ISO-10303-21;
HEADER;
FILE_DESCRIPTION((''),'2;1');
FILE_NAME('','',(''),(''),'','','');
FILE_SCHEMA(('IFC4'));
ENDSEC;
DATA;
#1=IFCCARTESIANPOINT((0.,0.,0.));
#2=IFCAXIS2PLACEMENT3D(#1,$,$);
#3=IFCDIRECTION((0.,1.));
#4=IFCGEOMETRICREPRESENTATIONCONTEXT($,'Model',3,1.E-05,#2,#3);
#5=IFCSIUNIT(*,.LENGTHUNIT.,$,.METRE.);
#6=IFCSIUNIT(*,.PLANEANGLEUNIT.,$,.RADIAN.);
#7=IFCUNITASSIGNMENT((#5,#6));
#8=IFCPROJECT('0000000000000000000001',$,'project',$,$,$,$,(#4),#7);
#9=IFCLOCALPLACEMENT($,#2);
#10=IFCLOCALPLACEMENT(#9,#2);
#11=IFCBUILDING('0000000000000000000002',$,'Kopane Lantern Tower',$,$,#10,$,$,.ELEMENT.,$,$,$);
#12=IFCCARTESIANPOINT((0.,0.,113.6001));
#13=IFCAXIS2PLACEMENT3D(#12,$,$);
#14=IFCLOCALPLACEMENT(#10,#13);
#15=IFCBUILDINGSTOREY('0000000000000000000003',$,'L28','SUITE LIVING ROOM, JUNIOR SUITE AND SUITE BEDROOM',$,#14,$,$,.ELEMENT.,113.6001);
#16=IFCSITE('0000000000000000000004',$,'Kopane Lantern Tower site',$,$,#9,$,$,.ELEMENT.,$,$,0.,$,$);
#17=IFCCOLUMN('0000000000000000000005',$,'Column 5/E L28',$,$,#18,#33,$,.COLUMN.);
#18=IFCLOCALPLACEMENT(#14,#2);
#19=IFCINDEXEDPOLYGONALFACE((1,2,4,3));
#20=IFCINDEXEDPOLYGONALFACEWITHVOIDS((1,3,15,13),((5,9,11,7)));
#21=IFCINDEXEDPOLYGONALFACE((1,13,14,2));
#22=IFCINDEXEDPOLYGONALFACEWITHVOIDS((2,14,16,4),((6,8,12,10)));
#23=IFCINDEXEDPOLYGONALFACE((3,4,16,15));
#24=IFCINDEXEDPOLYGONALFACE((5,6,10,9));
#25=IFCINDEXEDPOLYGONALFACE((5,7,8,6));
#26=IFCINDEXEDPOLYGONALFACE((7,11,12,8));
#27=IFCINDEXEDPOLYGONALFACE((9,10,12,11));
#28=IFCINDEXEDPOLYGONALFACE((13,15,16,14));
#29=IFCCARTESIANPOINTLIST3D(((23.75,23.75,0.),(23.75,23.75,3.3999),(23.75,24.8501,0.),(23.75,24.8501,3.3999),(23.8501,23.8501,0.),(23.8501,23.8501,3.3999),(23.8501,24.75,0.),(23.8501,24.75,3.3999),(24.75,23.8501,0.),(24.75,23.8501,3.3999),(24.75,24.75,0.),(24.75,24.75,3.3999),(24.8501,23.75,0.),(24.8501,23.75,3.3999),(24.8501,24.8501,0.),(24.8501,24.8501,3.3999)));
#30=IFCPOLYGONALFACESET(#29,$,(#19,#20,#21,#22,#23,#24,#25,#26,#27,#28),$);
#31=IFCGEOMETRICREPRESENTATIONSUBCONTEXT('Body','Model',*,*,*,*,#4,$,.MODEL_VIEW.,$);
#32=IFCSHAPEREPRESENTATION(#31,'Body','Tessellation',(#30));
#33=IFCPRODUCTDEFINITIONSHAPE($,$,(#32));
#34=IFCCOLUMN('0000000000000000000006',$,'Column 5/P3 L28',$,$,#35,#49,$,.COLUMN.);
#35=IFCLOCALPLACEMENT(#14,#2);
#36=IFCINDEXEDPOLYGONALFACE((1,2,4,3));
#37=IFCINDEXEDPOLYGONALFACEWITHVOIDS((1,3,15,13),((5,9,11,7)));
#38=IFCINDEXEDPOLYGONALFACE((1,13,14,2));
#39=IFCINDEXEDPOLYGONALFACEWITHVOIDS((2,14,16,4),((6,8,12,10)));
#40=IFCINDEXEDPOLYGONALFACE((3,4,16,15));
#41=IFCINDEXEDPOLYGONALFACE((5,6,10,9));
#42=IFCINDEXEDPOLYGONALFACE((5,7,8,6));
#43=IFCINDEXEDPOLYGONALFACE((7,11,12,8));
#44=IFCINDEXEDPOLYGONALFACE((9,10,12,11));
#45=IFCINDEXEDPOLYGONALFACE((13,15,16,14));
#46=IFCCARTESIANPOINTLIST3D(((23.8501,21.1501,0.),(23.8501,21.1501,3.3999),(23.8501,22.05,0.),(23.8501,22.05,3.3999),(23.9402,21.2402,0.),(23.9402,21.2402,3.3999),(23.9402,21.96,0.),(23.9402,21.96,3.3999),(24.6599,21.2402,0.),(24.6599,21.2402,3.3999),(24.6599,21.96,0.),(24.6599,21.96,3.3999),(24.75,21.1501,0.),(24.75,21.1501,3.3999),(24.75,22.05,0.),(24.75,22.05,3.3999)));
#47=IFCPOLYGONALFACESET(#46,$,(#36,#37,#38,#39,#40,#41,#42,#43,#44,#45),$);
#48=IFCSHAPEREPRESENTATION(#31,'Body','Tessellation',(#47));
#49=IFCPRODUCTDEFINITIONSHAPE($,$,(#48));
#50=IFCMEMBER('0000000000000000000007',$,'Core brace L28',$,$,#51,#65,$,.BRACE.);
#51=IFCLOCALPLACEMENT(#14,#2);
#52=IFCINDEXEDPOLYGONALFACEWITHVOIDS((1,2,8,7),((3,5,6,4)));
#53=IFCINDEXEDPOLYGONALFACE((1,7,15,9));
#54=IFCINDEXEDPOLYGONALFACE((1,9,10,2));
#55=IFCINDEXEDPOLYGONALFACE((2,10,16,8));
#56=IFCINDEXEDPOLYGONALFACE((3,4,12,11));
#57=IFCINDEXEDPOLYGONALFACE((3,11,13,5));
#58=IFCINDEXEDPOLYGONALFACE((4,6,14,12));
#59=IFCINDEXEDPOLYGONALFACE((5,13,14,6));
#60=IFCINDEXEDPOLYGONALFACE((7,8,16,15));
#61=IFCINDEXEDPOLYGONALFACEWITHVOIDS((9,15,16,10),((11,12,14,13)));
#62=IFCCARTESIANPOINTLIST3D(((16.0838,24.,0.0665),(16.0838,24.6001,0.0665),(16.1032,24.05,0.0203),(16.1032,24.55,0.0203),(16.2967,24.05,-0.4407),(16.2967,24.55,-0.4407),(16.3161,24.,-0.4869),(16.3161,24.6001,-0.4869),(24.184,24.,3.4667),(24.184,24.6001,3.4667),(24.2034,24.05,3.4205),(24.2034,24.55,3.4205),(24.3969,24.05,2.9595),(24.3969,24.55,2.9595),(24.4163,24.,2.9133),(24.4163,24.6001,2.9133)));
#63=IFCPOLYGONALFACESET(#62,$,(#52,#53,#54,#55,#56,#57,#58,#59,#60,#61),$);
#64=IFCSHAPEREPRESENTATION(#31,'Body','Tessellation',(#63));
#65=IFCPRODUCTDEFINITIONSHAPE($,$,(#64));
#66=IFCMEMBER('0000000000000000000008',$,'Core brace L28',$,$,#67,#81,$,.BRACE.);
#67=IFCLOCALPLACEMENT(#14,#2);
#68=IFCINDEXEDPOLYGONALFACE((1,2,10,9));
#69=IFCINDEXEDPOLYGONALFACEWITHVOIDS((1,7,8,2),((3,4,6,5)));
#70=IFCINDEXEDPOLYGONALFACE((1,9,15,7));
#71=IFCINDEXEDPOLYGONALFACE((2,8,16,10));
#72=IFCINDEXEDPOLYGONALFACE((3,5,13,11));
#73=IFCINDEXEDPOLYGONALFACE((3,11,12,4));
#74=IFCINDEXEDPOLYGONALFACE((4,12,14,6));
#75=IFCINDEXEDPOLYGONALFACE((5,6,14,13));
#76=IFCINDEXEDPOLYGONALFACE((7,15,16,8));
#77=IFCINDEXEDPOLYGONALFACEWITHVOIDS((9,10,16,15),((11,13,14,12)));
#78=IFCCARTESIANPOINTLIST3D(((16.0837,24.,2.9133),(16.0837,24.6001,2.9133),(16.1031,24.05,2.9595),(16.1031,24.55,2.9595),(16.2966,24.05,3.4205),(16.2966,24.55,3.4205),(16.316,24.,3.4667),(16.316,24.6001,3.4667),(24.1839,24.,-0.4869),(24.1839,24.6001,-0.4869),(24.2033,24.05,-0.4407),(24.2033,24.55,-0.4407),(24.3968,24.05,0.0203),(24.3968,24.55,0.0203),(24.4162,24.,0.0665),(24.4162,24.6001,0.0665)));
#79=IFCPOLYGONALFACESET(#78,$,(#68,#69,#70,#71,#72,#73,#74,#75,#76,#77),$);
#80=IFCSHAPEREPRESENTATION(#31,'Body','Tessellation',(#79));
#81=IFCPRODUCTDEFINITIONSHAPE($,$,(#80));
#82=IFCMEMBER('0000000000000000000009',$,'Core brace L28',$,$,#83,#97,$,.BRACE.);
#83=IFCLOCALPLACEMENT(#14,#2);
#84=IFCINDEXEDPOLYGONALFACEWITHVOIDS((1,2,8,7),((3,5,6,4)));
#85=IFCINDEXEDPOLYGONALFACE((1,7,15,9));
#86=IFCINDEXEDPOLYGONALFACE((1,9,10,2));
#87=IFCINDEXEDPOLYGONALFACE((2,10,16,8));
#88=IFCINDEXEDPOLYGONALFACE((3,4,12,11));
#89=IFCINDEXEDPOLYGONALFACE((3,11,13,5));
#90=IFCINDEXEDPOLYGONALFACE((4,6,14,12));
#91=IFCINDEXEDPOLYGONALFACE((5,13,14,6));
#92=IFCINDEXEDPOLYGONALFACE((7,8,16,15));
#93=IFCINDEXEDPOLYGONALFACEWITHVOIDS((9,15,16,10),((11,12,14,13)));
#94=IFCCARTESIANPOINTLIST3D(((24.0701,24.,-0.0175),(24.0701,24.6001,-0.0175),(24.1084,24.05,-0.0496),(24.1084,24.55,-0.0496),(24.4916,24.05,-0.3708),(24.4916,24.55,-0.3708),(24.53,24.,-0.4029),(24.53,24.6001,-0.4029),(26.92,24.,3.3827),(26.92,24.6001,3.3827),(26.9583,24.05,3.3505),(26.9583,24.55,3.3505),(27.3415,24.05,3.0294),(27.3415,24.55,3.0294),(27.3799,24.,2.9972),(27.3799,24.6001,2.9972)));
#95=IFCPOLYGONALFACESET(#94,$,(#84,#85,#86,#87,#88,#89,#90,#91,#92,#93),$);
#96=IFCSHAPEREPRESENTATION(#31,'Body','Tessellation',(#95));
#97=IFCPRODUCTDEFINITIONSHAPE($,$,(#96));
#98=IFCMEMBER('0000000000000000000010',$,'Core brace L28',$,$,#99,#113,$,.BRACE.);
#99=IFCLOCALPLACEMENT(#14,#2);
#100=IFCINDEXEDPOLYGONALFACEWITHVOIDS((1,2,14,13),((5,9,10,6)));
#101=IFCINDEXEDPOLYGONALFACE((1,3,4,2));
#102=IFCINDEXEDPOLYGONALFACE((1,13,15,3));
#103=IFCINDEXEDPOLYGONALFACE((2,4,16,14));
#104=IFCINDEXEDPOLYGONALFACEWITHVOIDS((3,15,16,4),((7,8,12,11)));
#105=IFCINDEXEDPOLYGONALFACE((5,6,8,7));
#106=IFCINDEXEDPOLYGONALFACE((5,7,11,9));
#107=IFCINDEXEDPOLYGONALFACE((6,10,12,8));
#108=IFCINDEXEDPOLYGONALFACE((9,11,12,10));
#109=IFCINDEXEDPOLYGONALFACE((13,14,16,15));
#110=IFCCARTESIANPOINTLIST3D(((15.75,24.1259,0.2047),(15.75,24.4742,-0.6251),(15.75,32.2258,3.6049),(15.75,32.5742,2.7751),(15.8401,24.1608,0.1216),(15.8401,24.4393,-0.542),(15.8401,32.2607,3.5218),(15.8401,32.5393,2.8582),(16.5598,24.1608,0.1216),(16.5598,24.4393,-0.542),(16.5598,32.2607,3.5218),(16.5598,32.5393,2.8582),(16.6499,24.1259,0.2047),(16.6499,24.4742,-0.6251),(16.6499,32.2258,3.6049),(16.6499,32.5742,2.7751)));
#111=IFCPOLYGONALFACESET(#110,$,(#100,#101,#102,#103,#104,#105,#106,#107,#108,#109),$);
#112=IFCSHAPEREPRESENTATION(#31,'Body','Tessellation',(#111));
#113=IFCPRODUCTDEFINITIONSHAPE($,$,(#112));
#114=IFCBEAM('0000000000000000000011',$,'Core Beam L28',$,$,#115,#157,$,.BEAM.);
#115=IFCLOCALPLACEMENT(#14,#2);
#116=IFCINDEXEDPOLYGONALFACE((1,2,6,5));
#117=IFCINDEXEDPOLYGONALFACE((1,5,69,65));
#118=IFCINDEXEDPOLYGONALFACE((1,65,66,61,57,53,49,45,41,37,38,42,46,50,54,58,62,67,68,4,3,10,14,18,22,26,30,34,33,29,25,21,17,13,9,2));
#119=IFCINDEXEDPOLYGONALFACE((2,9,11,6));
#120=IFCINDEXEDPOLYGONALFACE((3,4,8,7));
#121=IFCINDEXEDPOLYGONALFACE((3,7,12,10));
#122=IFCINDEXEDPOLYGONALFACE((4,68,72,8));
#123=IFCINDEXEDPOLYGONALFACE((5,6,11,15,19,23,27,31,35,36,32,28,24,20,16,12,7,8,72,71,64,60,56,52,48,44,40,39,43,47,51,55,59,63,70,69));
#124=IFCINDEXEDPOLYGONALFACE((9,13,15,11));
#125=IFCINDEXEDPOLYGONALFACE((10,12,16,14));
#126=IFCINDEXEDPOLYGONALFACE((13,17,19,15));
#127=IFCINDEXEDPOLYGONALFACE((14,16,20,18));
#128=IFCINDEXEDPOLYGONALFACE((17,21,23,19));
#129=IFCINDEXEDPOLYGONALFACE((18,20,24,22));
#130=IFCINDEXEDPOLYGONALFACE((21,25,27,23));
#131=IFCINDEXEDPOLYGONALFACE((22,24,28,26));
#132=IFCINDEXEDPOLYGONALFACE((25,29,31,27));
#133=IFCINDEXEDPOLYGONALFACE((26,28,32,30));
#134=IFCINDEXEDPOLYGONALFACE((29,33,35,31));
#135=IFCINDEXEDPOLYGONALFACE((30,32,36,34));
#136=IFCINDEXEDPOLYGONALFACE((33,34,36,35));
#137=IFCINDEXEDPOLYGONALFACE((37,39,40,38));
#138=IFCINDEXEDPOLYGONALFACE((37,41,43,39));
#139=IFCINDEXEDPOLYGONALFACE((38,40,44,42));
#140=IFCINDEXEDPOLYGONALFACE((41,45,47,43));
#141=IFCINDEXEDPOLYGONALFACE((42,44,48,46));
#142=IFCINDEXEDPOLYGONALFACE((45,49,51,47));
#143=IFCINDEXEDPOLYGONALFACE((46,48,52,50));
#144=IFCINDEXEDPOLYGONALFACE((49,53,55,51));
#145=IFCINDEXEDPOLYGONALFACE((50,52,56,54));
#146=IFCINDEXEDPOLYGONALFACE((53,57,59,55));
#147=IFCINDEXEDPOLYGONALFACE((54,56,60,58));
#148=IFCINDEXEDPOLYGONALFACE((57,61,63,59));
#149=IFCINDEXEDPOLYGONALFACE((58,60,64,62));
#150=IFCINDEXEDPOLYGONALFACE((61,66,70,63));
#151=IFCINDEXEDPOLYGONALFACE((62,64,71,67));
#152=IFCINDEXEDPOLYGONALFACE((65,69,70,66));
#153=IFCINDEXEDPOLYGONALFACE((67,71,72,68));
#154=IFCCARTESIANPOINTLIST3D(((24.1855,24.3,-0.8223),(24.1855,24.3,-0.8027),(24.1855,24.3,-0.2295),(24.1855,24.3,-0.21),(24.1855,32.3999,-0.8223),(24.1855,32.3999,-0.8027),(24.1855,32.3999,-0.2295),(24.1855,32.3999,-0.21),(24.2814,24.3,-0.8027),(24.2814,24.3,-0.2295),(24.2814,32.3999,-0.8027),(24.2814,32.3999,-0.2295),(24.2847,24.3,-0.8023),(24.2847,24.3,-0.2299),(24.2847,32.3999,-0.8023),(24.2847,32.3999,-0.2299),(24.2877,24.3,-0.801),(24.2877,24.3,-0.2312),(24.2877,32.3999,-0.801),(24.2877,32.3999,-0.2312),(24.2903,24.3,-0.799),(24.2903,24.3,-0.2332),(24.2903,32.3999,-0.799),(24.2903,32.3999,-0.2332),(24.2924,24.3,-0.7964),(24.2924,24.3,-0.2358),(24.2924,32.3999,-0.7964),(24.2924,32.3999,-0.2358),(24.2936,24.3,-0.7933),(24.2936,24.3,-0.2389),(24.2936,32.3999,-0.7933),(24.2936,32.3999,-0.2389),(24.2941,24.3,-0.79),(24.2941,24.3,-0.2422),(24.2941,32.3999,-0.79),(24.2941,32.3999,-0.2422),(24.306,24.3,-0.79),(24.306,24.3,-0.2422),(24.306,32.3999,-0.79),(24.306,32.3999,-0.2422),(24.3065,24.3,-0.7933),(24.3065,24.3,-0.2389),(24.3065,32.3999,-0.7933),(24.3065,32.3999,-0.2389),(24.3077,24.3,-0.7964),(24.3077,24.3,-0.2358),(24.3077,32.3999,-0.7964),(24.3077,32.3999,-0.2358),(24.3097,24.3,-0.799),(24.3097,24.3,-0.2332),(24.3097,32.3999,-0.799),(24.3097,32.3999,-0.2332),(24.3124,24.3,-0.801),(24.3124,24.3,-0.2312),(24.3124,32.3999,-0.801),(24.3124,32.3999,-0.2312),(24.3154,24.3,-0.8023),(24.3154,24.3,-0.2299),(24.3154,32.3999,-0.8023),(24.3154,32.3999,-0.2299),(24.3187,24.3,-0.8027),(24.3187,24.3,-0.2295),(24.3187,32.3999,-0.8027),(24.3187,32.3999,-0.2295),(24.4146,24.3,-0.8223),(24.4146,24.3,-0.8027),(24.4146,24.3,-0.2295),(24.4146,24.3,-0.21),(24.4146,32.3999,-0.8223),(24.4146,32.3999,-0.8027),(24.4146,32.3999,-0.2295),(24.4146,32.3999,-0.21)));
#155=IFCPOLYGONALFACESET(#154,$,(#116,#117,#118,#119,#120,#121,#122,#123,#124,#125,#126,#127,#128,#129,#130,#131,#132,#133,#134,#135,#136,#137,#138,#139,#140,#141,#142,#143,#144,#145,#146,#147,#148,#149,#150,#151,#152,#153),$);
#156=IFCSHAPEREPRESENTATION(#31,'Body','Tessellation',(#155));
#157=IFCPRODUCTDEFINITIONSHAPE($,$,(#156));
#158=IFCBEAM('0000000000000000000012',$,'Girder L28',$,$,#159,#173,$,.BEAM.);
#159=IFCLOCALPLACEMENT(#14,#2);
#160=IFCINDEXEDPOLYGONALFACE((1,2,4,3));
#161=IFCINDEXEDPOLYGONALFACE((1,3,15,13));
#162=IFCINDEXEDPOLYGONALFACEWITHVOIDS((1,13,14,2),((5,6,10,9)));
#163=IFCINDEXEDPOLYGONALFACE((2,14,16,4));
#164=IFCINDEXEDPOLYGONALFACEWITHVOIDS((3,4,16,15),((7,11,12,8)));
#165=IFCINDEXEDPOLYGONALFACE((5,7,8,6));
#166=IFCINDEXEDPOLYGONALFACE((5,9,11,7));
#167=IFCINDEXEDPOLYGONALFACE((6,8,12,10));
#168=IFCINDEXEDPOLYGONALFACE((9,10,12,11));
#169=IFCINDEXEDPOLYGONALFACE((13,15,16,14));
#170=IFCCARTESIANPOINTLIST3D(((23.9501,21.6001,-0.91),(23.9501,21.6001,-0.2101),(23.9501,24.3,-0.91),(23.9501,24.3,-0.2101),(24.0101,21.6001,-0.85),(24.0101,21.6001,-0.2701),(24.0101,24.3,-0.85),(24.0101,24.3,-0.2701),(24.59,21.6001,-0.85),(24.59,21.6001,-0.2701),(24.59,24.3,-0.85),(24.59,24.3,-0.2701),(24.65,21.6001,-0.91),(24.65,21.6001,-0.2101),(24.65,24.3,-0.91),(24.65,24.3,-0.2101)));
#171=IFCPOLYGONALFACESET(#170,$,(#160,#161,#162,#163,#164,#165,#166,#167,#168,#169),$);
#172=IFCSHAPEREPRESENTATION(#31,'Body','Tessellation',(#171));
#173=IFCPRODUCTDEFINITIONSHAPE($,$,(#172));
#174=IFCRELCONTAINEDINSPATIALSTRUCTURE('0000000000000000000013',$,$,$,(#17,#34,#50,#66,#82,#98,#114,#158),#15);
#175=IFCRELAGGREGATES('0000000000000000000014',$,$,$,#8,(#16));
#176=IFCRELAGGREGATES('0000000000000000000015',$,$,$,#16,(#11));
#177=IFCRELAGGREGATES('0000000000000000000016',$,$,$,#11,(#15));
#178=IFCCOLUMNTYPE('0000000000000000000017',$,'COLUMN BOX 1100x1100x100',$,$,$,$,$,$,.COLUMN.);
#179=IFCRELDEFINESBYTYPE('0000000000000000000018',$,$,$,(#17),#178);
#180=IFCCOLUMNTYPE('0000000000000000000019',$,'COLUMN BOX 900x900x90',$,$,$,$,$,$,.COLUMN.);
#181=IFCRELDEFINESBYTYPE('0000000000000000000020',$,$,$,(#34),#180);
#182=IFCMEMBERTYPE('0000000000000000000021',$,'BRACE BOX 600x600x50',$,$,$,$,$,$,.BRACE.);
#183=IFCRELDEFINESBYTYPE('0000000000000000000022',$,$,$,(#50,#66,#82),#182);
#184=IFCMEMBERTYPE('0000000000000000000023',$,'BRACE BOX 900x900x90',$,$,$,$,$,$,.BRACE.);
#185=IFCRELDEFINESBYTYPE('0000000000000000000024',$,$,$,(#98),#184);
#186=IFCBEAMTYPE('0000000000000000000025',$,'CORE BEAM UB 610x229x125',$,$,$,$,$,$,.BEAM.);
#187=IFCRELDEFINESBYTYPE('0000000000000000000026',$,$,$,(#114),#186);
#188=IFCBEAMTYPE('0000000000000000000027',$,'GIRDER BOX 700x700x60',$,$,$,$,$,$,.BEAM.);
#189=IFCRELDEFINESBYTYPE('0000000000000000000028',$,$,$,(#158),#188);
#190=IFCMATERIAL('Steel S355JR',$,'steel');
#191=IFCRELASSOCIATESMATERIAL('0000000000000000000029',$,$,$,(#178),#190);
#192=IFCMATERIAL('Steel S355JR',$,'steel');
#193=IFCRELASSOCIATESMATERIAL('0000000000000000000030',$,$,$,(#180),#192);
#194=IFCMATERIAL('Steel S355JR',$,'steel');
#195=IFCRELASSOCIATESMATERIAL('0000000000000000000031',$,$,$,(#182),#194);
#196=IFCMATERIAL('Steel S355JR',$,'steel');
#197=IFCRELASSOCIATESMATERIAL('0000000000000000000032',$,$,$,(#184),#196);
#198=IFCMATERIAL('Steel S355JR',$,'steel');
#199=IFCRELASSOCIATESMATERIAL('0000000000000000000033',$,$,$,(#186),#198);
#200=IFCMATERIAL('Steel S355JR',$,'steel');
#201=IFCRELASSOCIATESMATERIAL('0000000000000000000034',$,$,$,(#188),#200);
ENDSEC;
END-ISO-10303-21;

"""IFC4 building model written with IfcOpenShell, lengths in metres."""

from ifc_helpers import new_model, si_unit, direction, frame, origin, origin_2d, place, context, subcontext, project, spatial, hollow_rectangle, i_section, extrude, material, material_profile, profile_set, type_object, element, save


model = new_model("IFC4")

# Units and contexts
model_context = context("Model", 3, precision=1e-05, world=origin(), true_north=direction((0.0, 1.0)))
body_context = subcontext(model_context, "Body", "Model", "MODEL_VIEW")
ifc_project = project(units=[si_unit("LENGTHUNIT", "METRE"), si_unit("PLANEANGLEUNIT", "RADIAN")], contexts=[model_context])

# Site, building, storey
site_placement = place(None, origin())
site = spatial("IfcSite", under=ifc_project, at=site_placement, Name="Kopane Lantern Tower site", CompositionType="ELEMENT", RefElevation=0.0)
building_placement = place(site_placement, origin())
building = spatial("IfcBuilding", under=site, at=building_placement, Name="Kopane Lantern Tower", CompositionType="ELEMENT")
storey_placement = place(building_placement, frame((0.0, 0.0, 113.6001)))
storey = spatial("IfcBuildingStorey", under=building, at=storey_placement, Name="L28", Description="SUITE LIVING ROOM, JUNIOR SUITE AND SUITE BEDROOM", CompositionType="ELEMENT", Elevation=113.6001)

# Columns
ifc_material_1 = material(Name="Steel S355JR", Category="steel")
ifc_material_profile_1 = material_profile(ifc_material_1, hollow_rectangle(XDim=1.1001, YDim=1.1001, WallThickness=0.1001, at=origin_2d()), Name="BOX 1100x1100x100")
ifc_profile_set_1 = profile_set([ifc_material_profile_1], Name="Steel S355JR")
column_type_1 = type_object("IfcColumnType", Name="COLUMN BOX 1100x1100x100", PredefinedType="COLUMN", material=ifc_profile_set_1)
column_1_placement = place(storey_placement, frame((24.3, 24.3, 0.0), z_axis=(0.0, 0.0, 1.0), x_axis=(1.0, 0.0, 0.0)))
element("IfcColumn", 1, at=column_1_placement, inside=storey, type_object=column_type_1, Name="Column 5/E L28", PredefinedType="COLUMN", context=body_context, shape_type="SweptSolid", body=[
    extrude(hollow_rectangle(XDim=1.1001, YDim=1.1001, WallThickness=0.1001, at=origin_2d()), origin(), (0.0, 0.0, 1.0), 3.3999),
])
ifc_material_2 = material(Name="Steel S355JR", Category="steel")
ifc_material_profile_2 = material_profile(ifc_material_2, hollow_rectangle(XDim=0.8999, YDim=0.8999, WallThickness=0.0901, at=origin_2d()), Name="BOX 900x900x90")
ifc_profile_set_2 = profile_set([ifc_material_profile_2], Name="Steel S355JR")
column_type_2 = type_object("IfcColumnType", Name="COLUMN BOX 900x900x90", PredefinedType="COLUMN", material=ifc_profile_set_2)
column_2_placement = place(storey_placement, frame((24.3, 21.6001, 0.0), z_axis=(0.0, 0.0, 1.0), x_axis=(1.0, 0.0, 0.0)))
element("IfcColumn", 2, at=column_2_placement, inside=storey, type_object=column_type_2, Name="Column 5/P3 L28", PredefinedType="COLUMN", context=body_context, shape_type="SweptSolid", body=[
    extrude(hollow_rectangle(XDim=0.8999, YDim=0.8999, WallThickness=0.0901, at=origin_2d()), origin(), (0.0, 0.0, 1.0), 3.3999),
])

# Members
ifc_material_3 = material(Name="Steel S355JR", Category="steel")
ifc_material_profile_3 = material_profile(ifc_material_3, hollow_rectangle(XDim=0.6001, YDim=0.6001, WallThickness=0.05, at=origin_2d()), Name="BOX 600x600x50")
ifc_profile_set_3 = profile_set([ifc_material_profile_3], Name="Steel S355JR")
member_type_1 = type_object("IfcMemberType", Name="BRACE BOX 600x600x50", PredefinedType="BRACE", material=ifc_profile_set_3)
for number, where, z_axis, x_axis, name in (
    (3, (16.2, 24.3, -0.2102), (0.922059, 0.0, 0.387049), (0.0, 1.0, 0.0), "Core brace L28"),
    (4, (24.3, 24.3, -0.2102), (-0.922059, 0.0, 0.387049), (0.0, -1.0, 0.0), "Core brace L28"),
):
    element("IfcMember", number, at=place(storey_placement, frame(where, z_axis=z_axis, x_axis=x_axis)), inside=storey, type_object=member_type_1, Name=name, PredefinedType="BRACE", context=body_context, shape_type="SweptSolid", body=[
        extrude(hollow_rectangle(XDim=0.6001, YDim=0.6001, WallThickness=0.05, at=origin_2d()), origin(), (0.0, 0.0, 1.0), 8.7849),
    ])
member_1_placement = place(storey_placement, frame((24.3, 24.3, -0.2102), z_axis=(0.642363, 0.0, 0.7664), x_axis=(0.0, 1.0, 0.0)))
element("IfcMember", 5, at=member_1_placement, inside=storey, type_object=member_type_1, Name="Core brace L28", PredefinedType="BRACE", context=body_context, shape_type="SweptSolid", body=[
    extrude(hollow_rectangle(XDim=0.6001, YDim=0.6001, WallThickness=0.05, at=origin_2d()), origin(), (0.0, 0.0, 1.0), 4.4365),
])
ifc_material_4 = material(Name="Steel S355JR", Category="steel")
ifc_material_profile_4 = material_profile(ifc_material_4, hollow_rectangle(XDim=0.8999, YDim=0.8999, WallThickness=0.0901, at=origin_2d()), Name="BOX 900x900x90")
ifc_profile_set_4 = profile_set([ifc_material_profile_4], Name="Steel S355JR")
member_type_2 = type_object("IfcMemberType", Name="BRACE BOX 900x900x90", PredefinedType="BRACE", material=ifc_profile_set_4)
member_2_placement = place(storey_placement, frame((16.2, 24.3, -0.2102), z_axis=(0.0, 0.922055, 0.387059), x_axis=(-1.0, 0.0, 0.0)))
element("IfcMember", 6, at=member_2_placement, inside=storey, type_object=member_type_2, Name="Core brace L28", PredefinedType="BRACE", context=body_context, shape_type="SweptSolid", body=[
    extrude(hollow_rectangle(XDim=0.8999, YDim=0.8999, WallThickness=0.0901, at=origin_2d()), origin(), (0.0, 0.0, 1.0), 8.7847),
])

# Beams
ifc_material_5 = material(Name="Steel S355JR", Category="steel")
ifc_material_profile_5 = material_profile(ifc_material_5, i_section(OverallWidth=0.229, OverallDepth=0.6123, WebThickness=0.012, FlangeThickness=0.0195, FilletRadius=0.0127, at=origin_2d()), Name="UB 610x229x125")
ifc_profile_set_5 = profile_set([ifc_material_profile_5], Name="Steel S355JR")
beam_type_1 = type_object("IfcBeamType", Name="CORE BEAM UB 610x229x125", PredefinedType="BEAM", material=ifc_profile_set_5)
beam_1_placement = place(storey_placement, frame((24.3, 24.3, -0.5161), z_axis=(0.0, 1.0, 0.0), x_axis=(-1.0, 0.0, 0.0)))
element("IfcBeam", 7, at=beam_1_placement, inside=storey, type_object=beam_type_1, Name="Core Beam L28", PredefinedType="BEAM", context=body_context, shape_type="SweptSolid", body=[
    extrude(i_section(OverallWidth=0.229, OverallDepth=0.6123, WebThickness=0.012, FlangeThickness=0.0195, FilletRadius=0.0127, at=origin_2d()), origin(), (0.0, 0.0, 1.0), 8.0999),
])
ifc_material_6 = material(Name="Steel S355JR", Category="steel")
ifc_material_profile_6 = material_profile(ifc_material_6, hollow_rectangle(XDim=0.7, YDim=0.7, WallThickness=0.0601, at=origin_2d()), Name="BOX 700x700x60")
ifc_profile_set_6 = profile_set([ifc_material_profile_6], Name="Steel S355JR")
beam_type_2 = type_object("IfcBeamType", Name="GIRDER BOX 700x700x60", PredefinedType="BEAM", material=ifc_profile_set_6)
beam_2_placement = place(storey_placement, frame((24.3, 21.6001, -0.5601), z_axis=(0.0, 1.0, 0.0), x_axis=(-1.0, 0.0, 0.0)))
element("IfcBeam", 8, at=beam_2_placement, inside=storey, type_object=beam_type_2, Name="Girder L28", PredefinedType="BEAM", context=body_context, shape_type="SweptSolid", body=[
    extrude(hollow_rectangle(XDim=0.7, YDim=0.7, WallThickness=0.0601, at=origin_2d()), origin(), (0.0, 0.0, 1.0), 2.7),
])

save(model, "model.ifc")
